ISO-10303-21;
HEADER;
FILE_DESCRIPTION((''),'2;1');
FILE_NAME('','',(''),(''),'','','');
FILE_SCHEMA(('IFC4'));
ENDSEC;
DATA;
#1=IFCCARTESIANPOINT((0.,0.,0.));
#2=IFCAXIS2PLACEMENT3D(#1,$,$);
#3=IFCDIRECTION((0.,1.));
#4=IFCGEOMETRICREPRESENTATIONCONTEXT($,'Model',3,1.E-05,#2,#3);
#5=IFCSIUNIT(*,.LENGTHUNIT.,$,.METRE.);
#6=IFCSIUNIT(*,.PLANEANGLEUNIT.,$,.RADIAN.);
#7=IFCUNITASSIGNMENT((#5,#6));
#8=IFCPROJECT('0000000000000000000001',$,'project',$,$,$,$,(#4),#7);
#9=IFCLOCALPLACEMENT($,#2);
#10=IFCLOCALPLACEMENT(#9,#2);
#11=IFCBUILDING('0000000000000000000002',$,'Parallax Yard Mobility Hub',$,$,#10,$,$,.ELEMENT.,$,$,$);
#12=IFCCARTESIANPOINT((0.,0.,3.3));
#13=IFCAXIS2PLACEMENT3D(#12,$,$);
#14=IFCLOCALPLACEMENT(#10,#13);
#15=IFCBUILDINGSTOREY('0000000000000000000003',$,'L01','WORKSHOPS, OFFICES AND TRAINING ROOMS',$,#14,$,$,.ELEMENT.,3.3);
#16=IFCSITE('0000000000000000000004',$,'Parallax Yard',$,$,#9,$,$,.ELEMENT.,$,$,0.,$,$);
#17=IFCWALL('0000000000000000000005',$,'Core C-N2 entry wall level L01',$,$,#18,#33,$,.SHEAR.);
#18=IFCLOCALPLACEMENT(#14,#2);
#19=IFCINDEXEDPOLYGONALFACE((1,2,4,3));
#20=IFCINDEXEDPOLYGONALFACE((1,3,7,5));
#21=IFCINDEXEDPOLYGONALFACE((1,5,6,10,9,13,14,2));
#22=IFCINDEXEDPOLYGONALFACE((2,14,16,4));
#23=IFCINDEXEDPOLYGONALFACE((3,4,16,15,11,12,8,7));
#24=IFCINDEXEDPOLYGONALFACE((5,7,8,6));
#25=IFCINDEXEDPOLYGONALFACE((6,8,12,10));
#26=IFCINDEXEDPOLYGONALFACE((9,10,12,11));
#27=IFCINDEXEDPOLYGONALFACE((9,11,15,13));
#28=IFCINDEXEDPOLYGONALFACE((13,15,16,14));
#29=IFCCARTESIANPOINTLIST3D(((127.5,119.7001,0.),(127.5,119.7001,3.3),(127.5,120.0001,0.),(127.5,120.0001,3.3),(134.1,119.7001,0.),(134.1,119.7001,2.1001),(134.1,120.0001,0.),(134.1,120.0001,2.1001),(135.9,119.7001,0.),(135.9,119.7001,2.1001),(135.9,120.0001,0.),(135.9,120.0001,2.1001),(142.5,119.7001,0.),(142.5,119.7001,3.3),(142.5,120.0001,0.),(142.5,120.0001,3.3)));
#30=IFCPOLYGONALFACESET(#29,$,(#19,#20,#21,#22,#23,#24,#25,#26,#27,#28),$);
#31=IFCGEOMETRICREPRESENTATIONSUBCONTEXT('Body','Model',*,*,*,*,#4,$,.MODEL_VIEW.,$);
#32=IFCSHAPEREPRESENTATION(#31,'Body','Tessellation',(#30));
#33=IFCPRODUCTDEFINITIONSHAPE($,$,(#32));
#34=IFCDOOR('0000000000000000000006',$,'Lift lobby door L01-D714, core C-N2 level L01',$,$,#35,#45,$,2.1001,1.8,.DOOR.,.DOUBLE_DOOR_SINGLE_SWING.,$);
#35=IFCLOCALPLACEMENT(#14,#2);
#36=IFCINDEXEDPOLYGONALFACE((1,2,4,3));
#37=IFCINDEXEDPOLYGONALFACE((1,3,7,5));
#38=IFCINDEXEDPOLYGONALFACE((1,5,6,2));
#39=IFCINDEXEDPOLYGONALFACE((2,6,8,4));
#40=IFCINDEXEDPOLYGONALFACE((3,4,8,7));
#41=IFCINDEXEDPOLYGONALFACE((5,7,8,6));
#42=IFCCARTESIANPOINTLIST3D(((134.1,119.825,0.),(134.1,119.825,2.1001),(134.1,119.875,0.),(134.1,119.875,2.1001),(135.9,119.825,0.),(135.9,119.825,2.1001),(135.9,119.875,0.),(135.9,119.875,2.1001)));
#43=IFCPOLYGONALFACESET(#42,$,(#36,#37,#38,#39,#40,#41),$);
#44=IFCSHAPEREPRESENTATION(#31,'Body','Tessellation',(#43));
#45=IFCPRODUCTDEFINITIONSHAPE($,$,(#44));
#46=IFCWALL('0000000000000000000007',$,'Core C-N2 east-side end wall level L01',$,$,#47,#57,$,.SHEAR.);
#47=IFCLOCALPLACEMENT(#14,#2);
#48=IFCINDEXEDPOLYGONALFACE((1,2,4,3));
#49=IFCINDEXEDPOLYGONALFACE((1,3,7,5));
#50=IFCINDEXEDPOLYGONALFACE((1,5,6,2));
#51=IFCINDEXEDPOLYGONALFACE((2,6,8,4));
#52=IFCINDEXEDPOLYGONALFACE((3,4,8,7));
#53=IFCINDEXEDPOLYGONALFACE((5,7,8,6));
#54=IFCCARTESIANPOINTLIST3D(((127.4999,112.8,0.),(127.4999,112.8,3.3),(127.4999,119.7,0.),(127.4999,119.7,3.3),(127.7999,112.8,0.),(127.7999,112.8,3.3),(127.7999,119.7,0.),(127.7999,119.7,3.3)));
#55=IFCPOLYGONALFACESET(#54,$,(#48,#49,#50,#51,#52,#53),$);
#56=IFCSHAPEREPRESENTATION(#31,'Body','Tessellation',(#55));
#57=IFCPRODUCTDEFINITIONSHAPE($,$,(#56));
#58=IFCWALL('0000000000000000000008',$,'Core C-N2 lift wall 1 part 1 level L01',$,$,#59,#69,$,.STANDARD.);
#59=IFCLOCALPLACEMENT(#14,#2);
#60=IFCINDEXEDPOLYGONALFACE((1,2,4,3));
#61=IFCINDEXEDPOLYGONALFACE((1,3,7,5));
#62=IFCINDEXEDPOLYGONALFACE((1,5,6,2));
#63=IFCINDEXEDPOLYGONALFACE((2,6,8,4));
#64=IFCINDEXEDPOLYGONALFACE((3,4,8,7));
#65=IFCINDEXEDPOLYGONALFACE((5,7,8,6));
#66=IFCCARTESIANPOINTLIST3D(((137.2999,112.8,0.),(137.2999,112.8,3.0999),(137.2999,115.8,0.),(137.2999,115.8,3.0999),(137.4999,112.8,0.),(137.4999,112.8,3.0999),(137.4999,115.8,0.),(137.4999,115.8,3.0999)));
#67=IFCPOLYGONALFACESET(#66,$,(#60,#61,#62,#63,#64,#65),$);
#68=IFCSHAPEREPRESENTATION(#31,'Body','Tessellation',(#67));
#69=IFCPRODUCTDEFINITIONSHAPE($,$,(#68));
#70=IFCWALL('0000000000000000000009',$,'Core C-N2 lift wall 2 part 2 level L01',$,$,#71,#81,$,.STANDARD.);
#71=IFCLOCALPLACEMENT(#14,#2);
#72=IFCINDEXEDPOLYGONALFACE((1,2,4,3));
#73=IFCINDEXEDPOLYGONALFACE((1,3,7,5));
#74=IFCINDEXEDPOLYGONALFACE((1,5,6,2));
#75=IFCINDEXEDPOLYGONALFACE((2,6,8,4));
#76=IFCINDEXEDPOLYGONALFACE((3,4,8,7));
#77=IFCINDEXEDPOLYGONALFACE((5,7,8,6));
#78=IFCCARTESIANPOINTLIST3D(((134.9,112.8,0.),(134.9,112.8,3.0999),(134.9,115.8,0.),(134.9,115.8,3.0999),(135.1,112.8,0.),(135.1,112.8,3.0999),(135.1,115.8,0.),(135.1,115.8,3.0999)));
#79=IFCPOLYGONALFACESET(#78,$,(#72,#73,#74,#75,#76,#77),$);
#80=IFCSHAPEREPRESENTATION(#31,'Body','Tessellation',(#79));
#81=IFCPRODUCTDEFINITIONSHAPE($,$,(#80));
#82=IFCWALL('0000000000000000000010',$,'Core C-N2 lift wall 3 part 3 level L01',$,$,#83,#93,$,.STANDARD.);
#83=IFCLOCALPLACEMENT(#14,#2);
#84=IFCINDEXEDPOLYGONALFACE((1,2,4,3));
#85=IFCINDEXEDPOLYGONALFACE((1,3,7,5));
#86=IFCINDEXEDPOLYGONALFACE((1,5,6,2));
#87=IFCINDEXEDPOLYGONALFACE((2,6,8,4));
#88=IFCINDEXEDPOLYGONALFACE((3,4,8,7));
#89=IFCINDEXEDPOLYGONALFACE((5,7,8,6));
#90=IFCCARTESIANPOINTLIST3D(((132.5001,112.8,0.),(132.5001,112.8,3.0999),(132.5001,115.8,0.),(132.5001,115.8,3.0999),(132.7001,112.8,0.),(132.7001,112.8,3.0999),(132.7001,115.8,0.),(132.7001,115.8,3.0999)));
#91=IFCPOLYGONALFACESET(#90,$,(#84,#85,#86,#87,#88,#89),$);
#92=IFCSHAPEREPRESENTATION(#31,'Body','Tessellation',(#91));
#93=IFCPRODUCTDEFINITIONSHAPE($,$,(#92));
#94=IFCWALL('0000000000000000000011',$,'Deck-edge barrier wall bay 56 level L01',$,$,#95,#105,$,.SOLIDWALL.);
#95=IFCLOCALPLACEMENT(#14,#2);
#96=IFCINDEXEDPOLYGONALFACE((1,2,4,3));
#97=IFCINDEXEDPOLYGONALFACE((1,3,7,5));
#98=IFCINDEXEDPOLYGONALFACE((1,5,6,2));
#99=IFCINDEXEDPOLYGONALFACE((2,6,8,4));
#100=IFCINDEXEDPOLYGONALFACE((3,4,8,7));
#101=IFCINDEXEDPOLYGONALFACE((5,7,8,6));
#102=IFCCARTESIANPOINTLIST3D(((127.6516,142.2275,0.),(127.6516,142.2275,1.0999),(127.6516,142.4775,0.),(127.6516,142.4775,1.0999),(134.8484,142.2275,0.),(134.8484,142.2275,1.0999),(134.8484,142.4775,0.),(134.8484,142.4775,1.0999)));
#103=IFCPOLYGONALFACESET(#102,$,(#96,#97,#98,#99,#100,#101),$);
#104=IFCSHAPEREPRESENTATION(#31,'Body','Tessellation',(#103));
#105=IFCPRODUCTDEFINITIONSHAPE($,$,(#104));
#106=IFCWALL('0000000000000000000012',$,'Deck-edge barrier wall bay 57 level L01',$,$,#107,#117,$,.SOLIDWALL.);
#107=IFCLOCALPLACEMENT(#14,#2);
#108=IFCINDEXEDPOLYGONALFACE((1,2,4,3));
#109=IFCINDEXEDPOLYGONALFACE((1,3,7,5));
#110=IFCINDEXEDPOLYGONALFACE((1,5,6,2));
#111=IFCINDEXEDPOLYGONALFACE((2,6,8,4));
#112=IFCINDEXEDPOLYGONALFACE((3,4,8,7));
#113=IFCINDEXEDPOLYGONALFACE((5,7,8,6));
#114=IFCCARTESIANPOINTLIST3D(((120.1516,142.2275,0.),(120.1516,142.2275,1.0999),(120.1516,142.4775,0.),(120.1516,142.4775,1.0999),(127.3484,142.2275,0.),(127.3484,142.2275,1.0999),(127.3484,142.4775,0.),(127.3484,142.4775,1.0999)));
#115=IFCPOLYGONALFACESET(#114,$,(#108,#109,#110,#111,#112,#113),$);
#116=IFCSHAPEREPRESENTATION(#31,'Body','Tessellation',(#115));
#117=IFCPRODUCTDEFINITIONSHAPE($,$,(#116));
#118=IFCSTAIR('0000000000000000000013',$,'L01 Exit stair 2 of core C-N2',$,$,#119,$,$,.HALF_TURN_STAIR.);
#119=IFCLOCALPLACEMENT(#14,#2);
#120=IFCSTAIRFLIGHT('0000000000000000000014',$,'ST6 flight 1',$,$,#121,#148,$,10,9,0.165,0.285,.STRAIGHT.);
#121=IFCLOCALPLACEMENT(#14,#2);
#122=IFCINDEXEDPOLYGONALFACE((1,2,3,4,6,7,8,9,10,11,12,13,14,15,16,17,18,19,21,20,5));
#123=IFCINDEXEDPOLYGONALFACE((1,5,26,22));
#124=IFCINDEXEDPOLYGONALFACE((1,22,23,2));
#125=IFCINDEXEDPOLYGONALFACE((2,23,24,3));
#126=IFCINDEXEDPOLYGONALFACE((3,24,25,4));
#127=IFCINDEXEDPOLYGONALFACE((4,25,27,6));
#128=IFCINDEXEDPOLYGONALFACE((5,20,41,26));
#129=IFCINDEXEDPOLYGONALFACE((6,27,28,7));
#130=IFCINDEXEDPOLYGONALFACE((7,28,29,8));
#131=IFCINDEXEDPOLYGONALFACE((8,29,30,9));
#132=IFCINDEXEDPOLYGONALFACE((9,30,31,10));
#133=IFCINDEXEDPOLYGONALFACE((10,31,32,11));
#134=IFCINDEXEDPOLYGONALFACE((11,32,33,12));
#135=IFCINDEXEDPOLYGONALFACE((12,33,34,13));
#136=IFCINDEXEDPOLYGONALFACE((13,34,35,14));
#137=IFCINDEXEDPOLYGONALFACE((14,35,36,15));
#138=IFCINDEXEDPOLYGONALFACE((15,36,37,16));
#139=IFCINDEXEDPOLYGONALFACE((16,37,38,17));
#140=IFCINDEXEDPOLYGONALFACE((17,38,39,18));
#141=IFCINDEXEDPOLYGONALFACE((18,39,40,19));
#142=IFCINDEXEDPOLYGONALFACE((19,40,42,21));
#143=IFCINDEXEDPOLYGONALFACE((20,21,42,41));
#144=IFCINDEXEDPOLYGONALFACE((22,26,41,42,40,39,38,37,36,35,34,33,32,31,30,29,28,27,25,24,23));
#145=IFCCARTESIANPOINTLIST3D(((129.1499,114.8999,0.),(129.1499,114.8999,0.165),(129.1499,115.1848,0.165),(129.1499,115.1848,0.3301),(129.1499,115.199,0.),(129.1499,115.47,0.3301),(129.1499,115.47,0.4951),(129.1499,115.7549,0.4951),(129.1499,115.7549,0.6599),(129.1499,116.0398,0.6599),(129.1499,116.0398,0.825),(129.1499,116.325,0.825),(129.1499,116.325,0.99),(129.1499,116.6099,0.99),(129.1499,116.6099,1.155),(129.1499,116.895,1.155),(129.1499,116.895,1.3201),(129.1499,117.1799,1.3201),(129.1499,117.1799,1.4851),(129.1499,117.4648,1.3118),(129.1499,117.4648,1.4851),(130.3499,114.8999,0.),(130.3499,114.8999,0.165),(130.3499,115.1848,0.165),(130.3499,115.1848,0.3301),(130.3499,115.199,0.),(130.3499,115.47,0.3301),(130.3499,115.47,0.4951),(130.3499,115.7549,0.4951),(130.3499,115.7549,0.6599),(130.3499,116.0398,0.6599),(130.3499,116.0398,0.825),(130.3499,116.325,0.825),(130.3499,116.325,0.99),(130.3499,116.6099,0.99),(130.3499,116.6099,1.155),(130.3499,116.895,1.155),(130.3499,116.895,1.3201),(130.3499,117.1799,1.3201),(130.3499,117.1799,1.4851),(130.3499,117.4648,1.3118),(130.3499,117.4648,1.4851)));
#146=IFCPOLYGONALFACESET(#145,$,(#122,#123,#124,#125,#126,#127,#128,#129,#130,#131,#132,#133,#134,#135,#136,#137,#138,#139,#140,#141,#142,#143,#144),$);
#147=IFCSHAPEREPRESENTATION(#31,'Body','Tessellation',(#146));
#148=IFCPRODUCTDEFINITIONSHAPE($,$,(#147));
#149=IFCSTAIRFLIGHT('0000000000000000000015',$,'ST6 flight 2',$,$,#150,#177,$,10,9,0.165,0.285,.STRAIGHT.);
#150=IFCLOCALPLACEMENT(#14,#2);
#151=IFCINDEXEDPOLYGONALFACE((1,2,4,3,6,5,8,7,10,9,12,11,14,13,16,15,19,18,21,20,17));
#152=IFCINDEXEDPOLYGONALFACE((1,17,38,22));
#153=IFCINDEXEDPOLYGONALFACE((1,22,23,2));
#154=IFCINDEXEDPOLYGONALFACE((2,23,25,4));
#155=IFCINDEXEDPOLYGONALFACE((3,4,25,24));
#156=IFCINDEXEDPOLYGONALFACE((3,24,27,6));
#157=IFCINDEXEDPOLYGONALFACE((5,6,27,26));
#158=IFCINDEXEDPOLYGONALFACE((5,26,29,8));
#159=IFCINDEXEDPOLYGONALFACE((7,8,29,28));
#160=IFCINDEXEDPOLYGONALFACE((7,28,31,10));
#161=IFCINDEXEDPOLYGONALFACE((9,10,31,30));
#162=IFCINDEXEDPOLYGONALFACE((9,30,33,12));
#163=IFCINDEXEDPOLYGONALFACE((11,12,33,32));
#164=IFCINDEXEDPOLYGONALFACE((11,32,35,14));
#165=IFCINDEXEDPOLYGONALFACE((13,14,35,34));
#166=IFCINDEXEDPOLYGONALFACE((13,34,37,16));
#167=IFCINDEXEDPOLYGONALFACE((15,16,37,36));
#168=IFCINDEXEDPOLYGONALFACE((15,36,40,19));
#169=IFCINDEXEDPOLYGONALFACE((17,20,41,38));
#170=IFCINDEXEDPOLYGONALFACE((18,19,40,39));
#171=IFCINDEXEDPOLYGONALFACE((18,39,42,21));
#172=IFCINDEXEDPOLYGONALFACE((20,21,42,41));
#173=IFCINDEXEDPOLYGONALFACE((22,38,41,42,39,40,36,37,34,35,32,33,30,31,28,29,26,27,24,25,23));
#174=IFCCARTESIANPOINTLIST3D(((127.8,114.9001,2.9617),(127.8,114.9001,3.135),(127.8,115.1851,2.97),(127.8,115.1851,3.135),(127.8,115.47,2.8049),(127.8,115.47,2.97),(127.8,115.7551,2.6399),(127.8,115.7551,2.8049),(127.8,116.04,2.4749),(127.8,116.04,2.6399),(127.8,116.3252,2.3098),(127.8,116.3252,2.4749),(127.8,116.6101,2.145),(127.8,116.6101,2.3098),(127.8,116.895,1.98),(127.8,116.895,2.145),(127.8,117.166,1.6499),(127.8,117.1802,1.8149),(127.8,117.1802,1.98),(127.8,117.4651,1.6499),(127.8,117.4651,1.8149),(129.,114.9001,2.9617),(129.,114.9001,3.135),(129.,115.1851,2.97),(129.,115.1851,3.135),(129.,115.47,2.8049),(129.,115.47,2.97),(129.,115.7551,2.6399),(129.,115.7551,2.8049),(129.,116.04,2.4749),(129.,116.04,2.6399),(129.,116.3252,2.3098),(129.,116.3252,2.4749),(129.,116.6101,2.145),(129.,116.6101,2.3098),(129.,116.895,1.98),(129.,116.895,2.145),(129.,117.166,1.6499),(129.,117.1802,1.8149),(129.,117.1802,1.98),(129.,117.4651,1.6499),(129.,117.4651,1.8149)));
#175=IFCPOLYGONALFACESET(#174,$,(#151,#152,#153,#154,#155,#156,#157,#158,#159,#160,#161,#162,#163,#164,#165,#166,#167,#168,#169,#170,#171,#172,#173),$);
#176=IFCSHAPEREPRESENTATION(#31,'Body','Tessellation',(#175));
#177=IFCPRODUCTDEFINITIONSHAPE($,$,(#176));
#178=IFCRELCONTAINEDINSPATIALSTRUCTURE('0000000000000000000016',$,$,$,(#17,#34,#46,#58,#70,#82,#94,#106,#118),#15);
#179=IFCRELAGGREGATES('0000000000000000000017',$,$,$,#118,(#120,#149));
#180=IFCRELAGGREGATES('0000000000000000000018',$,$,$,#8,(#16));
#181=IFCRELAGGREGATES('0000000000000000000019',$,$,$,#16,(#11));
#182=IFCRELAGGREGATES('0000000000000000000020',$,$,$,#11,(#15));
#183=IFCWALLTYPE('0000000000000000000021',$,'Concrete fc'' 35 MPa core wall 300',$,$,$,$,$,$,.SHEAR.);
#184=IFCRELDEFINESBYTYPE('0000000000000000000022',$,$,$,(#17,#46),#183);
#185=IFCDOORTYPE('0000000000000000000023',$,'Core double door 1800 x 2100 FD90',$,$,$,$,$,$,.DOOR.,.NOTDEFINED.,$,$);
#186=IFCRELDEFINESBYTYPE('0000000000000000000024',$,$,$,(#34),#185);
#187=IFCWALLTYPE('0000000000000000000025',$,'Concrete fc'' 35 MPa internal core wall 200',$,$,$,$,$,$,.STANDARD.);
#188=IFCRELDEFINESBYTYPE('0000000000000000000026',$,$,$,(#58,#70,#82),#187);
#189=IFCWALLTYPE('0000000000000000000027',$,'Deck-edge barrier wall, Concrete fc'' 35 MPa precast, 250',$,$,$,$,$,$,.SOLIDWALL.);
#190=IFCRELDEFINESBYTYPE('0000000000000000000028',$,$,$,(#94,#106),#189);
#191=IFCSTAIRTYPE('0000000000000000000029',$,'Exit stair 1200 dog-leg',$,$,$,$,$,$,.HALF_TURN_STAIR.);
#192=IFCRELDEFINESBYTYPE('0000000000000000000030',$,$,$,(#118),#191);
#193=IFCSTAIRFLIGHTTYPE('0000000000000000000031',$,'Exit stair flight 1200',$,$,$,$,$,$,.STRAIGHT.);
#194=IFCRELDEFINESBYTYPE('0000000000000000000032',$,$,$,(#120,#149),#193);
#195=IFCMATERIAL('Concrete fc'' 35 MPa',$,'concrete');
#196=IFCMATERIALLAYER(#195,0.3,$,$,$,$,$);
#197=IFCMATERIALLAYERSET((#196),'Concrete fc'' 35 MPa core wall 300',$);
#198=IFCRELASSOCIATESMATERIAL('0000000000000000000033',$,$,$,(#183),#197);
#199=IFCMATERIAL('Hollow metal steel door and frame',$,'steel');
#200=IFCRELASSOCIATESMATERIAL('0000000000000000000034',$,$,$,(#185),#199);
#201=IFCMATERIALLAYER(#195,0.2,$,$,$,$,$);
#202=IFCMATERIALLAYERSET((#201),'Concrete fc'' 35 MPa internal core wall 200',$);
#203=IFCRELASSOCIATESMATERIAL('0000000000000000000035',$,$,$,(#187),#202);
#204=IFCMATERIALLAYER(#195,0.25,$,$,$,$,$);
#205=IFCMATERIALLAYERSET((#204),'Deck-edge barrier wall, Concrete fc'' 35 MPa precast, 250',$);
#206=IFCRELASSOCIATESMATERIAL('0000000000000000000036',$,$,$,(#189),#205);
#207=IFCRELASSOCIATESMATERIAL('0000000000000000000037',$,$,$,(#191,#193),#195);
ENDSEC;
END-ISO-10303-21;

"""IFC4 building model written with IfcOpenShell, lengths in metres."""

from ifc_helpers import new_model, si_unit, direction, frame, frame_2d, origin, place, context, subcontext, project, spatial, polyline, rectangle, outline, extrude, material, layer, layer_set, type_object, element, fill, aggregate, save


model = new_model("IFC4")

# Units and contexts
model_context = context("Model", 3, precision=1e-05, world=origin(), true_north=direction((0.0, 1.0)))
body_context = subcontext(model_context, "Body", "Model", "MODEL_VIEW")
ifc_project = project(units=[si_unit("LENGTHUNIT", "METRE"), si_unit("PLANEANGLEUNIT", "RADIAN")], contexts=[model_context])

# Site, building, storey
site_placement = place(None, origin())
site = spatial("IfcSite", under=ifc_project, at=site_placement, Name="Parallax Yard", CompositionType="ELEMENT", RefElevation=0.0)
building_placement = place(site_placement, origin())
building = spatial("IfcBuilding", under=site, at=building_placement, Name="Parallax Yard Mobility Hub", CompositionType="ELEMENT")
storey_placement = place(building_placement, frame((0.0, 0.0, 3.3)))
storey = spatial("IfcBuildingStorey", under=building, at=storey_placement, Name="L01", Description="WORKSHOPS, OFFICES AND TRAINING ROOMS", CompositionType="ELEMENT", Elevation=3.3)

# Wall, opening, door
ifc_material_1 = material(Name="Concrete fc' 35 MPa", Category="concrete")
ifc_layer_1 = layer(ifc_material_1, 0.3)
ifc_layer_set_1 = layer_set([ifc_layer_1], Name="Concrete fc' 35 MPa core wall 300")
wall_type_1 = type_object("IfcWallType", Name="Concrete fc' 35 MPa core wall 300", PredefinedType="SHEAR", material=ifc_layer_set_1)
wall_1_placement = place(storey_placement, frame((127.5, 119.8501, 0.0), z_axis=(0.0, 0.0, 1.0), x_axis=(1.0, 0.0, 0.0)))
wall_1 = element("IfcWall", 1, at=wall_1_placement, inside=storey, type_object=wall_type_1, Name="Core C-N2 entry wall level L01", PredefinedType="SHEAR", context=body_context, shape_type="SweptSolid", body=[
    extrude(rectangle(XDim=15.0, YDim=0.3, at=frame_2d((7.5, 0.0))), origin(), (0.0, 0.0, 1.0), 3.3),
])
opening_placement = place(wall_1_placement, frame((6.6001, 0.0, 0.0)))
opening = element("IfcOpeningElement", 2, at=opening_placement, cuts=wall_1, PredefinedType="OPENING", context=body_context, shape_type="SweptSolid", body=[
    extrude(rectangle(XDim=1.8, YDim=2.1001, at=frame_2d((0.8999, 1.05))), frame((0.0, 0.1602, 0.0), z_axis=(0.0, -1.0, 0.0), x_axis=(1.0, 0.0, 0.0)), (0.0, 0.0, 1.0), 0.3201),
])
ifc_material_2 = material(Name="Hollow metal steel door and frame", Category="steel")
door_type = type_object("IfcDoorType", Name="Core double door 1800 x 2100 FD90", OperationType="NOTDEFINED", PredefinedType="DOOR", material=ifc_material_2)
door_placement = place(opening_placement, origin())
door = element("IfcDoor", 3, at=door_placement, inside=storey, type_object=door_type, Name="Lift lobby door L01-D714, core C-N2 level L01", OperationType="DOUBLE_DOOR_SINGLE_SWING", OverallHeight=2.1001, OverallWidth=1.8, PredefinedType="DOOR", context=body_context, shape_type="SweptSolid", body=[
    extrude(rectangle(XDim=1.8, YDim=2.1001, at=frame_2d((0.8999, 1.05))), frame((0.0, 0.0249, 0.0), z_axis=(0.0, -1.0, 0.0), x_axis=(1.0, 0.0, 0.0)), (0.0, 0.0, 1.0), 0.05),
])
fill(opening, door)

# Walls
wall_2_placement = place(storey_placement, frame((127.6499, 119.7, 0.0), z_axis=(0.0, 0.0, 1.0), x_axis=(0.0, -1.0, 0.0)))
element("IfcWall", 4, at=wall_2_placement, inside=storey, type_object=wall_type_1, Name="Core C-N2 east-side end wall level L01", PredefinedType="SHEAR", context=body_context, shape_type="SweptSolid", body=[
    extrude(rectangle(XDim=6.8999, YDim=0.3, at=frame_2d((3.45, 0.0))), origin(), (0.0, 0.0, 1.0), 3.3),
])
ifc_layer_2 = layer(ifc_material_1, 0.2)
ifc_layer_set_2 = layer_set([ifc_layer_2], Name="Concrete fc' 35 MPa internal core wall 200")
wall_type_2 = type_object("IfcWallType", Name="Concrete fc' 35 MPa internal core wall 200", PredefinedType="STANDARD", material=ifc_layer_set_2)
for number, where, z_axis, x_axis, name in (
    (5, (137.3999, 115.8, 0.0), (0.0, 0.0, 1.0), (0.0, -1.0, 0.0), "Core C-N2 lift wall 1 part 1 level L01"),
    (6, (135.0, 115.8, 0.0), (0.0, 0.0, 1.0), (0.0, -1.0, 0.0), "Core C-N2 lift wall 2 part 2 level L01"),
    (7, (132.6001, 115.8, 0.0), (0.0, 0.0, 1.0), (0.0, -1.0, 0.0), "Core C-N2 lift wall 3 part 3 level L01"),
):
    element("IfcWall", number, at=place(storey_placement, frame(where, z_axis=z_axis, x_axis=x_axis)), inside=storey, type_object=wall_type_2, Name=name, PredefinedType="STANDARD", context=body_context, shape_type="SweptSolid", body=[
        extrude(rectangle(XDim=3.0, YDim=0.2, at=frame_2d((1.5, 0.0))), origin(), (0.0, 0.0, 1.0), 3.0999),
    ])
ifc_layer_3 = layer(ifc_material_1, 0.25)
ifc_layer_set_3 = layer_set([ifc_layer_3], Name="Deck-edge barrier wall, Concrete fc' 35 MPa precast, 250")
wall_type_3 = type_object("IfcWallType", Name="Deck-edge barrier wall, Concrete fc' 35 MPa precast, 250", PredefinedType="SOLIDWALL", material=ifc_layer_set_3)
for number, where, z_axis, x_axis, name in (
    (8, (134.8484, 142.3525, 0.0), (0.0, 0.0, 1.0), (-1.0, 0.0, 0.0), "Deck-edge barrier wall bay 56 level L01"),
    (9, (127.3484, 142.3525, 0.0), (0.0, 0.0, 1.0), (-1.0, 0.0, 0.0), "Deck-edge barrier wall bay 57 level L01"),
):
    element("IfcWall", number, at=place(storey_placement, frame(where, z_axis=z_axis, x_axis=x_axis)), inside=storey, type_object=wall_type_3, Name=name, PredefinedType="SOLIDWALL", context=body_context, shape_type="SweptSolid", body=[
        extrude(rectangle(XDim=7.1968, YDim=0.25, at=frame_2d((3.5984, 0.0))), origin(), (0.0, 0.0, 1.0), 1.0999),
    ])

# Stair, stair flights
stair_type = type_object("IfcStairType", Name="Exit stair 1200 dog-leg", PredefinedType="HALF_TURN_STAIR", material=ifc_material_1)
stair_placement = place(storey_placement, origin())
stair = element("IfcStair", 10, at=stair_placement, inside=storey, type_object=stair_type, Name="L01 Exit stair 2 of core C-N2", PredefinedType="HALF_TURN_STAIR")
stair_flight_type = type_object("IfcStairFlightType", Name="Exit stair flight 1200", PredefinedType="STRAIGHT", material=ifc_material_1)
stair_flight_1_placement = place(storey_placement, frame((129.75, 114.8999, 0.0), z_axis=(0.0, 0.0, 1.0), x_axis=(0.0, 1.0, 0.0)))
stair_flight_1 = element("IfcStairFlight", 11, at=stair_flight_1_placement, type_object=stair_flight_type, Name="ST6 flight 1", NumberOfRisers=10, NumberOfTreads=9, PredefinedType="STRAIGHT", RiserHeight=0.165, TreadLength=0.285, context=body_context, shape_type="SweptSolid", body=[
    extrude(outline(polyline([(0.0, 0.0), (0.0, 0.165), (0.2849, 0.165), (0.2849, 0.3301), (0.5701, 0.3301), (0.5701, 0.4951), (0.855, 0.4951), (0.855, 0.6599), (1.1399, 0.6599), (1.1399, 0.825), (1.425, 0.825), (1.425, 0.99), (1.71, 0.99), (1.71, 1.155), (1.9951, 1.155), (1.9951, 1.3201), (2.28, 1.3201), (2.28, 1.4851), (2.5649, 1.4851), (2.5649, 1.6499), (2.5649, 1.3118), (0.2991, 0.0), (0.0, 0.0)])), frame((0.0, 0.6001, 0.0), z_axis=(0.0, -1.0, 0.0), x_axis=(1.0, 0.0, 0.0)), (0.0, 0.0, 1.0), 1.2),
])
stair_flight_2_placement = place(storey_placement, frame((128.3999, 117.4651, 1.6499), z_axis=(0.0, 0.0, 1.0), x_axis=(0.0, -1.0, 0.0)))
stair_flight_2 = element("IfcStairFlight", 12, at=stair_flight_2_placement, type_object=stair_flight_type, Name="ST6 flight 2", NumberOfRisers=10, NumberOfTreads=9, PredefinedType="STRAIGHT", RiserHeight=0.165, TreadLength=0.285, context=body_context, shape_type="SweptSolid", body=[
    extrude(outline(polyline([(0.0, 0.0), (0.0, 0.165), (0.2849, 0.165), (0.2849, 0.3301), (0.5701, 0.3301), (0.5701, 0.4951), (0.855, 0.4951), (0.855, 0.6599), (1.1399, 0.6599), (1.1399, 0.825), (1.425, 0.825), (1.425, 0.99), (1.71, 0.99), (1.71, 1.155), (1.9951, 1.155), (1.9951, 1.3201), (2.28, 1.3201), (2.28, 1.4851), (2.5649, 1.4851), (2.5649, 1.6499), (2.5649, 1.3118), (0.2991, 0.0), (0.0, 0.0)])), frame((0.0, 0.6001, 0.0), z_axis=(0.0, -1.0, 0.0), x_axis=(1.0, 0.0, 0.0)), (0.0, 0.0, 1.0), 1.2),
])
aggregate(stair, [stair_flight_1, stair_flight_2])

save(model, "model.ifc")
